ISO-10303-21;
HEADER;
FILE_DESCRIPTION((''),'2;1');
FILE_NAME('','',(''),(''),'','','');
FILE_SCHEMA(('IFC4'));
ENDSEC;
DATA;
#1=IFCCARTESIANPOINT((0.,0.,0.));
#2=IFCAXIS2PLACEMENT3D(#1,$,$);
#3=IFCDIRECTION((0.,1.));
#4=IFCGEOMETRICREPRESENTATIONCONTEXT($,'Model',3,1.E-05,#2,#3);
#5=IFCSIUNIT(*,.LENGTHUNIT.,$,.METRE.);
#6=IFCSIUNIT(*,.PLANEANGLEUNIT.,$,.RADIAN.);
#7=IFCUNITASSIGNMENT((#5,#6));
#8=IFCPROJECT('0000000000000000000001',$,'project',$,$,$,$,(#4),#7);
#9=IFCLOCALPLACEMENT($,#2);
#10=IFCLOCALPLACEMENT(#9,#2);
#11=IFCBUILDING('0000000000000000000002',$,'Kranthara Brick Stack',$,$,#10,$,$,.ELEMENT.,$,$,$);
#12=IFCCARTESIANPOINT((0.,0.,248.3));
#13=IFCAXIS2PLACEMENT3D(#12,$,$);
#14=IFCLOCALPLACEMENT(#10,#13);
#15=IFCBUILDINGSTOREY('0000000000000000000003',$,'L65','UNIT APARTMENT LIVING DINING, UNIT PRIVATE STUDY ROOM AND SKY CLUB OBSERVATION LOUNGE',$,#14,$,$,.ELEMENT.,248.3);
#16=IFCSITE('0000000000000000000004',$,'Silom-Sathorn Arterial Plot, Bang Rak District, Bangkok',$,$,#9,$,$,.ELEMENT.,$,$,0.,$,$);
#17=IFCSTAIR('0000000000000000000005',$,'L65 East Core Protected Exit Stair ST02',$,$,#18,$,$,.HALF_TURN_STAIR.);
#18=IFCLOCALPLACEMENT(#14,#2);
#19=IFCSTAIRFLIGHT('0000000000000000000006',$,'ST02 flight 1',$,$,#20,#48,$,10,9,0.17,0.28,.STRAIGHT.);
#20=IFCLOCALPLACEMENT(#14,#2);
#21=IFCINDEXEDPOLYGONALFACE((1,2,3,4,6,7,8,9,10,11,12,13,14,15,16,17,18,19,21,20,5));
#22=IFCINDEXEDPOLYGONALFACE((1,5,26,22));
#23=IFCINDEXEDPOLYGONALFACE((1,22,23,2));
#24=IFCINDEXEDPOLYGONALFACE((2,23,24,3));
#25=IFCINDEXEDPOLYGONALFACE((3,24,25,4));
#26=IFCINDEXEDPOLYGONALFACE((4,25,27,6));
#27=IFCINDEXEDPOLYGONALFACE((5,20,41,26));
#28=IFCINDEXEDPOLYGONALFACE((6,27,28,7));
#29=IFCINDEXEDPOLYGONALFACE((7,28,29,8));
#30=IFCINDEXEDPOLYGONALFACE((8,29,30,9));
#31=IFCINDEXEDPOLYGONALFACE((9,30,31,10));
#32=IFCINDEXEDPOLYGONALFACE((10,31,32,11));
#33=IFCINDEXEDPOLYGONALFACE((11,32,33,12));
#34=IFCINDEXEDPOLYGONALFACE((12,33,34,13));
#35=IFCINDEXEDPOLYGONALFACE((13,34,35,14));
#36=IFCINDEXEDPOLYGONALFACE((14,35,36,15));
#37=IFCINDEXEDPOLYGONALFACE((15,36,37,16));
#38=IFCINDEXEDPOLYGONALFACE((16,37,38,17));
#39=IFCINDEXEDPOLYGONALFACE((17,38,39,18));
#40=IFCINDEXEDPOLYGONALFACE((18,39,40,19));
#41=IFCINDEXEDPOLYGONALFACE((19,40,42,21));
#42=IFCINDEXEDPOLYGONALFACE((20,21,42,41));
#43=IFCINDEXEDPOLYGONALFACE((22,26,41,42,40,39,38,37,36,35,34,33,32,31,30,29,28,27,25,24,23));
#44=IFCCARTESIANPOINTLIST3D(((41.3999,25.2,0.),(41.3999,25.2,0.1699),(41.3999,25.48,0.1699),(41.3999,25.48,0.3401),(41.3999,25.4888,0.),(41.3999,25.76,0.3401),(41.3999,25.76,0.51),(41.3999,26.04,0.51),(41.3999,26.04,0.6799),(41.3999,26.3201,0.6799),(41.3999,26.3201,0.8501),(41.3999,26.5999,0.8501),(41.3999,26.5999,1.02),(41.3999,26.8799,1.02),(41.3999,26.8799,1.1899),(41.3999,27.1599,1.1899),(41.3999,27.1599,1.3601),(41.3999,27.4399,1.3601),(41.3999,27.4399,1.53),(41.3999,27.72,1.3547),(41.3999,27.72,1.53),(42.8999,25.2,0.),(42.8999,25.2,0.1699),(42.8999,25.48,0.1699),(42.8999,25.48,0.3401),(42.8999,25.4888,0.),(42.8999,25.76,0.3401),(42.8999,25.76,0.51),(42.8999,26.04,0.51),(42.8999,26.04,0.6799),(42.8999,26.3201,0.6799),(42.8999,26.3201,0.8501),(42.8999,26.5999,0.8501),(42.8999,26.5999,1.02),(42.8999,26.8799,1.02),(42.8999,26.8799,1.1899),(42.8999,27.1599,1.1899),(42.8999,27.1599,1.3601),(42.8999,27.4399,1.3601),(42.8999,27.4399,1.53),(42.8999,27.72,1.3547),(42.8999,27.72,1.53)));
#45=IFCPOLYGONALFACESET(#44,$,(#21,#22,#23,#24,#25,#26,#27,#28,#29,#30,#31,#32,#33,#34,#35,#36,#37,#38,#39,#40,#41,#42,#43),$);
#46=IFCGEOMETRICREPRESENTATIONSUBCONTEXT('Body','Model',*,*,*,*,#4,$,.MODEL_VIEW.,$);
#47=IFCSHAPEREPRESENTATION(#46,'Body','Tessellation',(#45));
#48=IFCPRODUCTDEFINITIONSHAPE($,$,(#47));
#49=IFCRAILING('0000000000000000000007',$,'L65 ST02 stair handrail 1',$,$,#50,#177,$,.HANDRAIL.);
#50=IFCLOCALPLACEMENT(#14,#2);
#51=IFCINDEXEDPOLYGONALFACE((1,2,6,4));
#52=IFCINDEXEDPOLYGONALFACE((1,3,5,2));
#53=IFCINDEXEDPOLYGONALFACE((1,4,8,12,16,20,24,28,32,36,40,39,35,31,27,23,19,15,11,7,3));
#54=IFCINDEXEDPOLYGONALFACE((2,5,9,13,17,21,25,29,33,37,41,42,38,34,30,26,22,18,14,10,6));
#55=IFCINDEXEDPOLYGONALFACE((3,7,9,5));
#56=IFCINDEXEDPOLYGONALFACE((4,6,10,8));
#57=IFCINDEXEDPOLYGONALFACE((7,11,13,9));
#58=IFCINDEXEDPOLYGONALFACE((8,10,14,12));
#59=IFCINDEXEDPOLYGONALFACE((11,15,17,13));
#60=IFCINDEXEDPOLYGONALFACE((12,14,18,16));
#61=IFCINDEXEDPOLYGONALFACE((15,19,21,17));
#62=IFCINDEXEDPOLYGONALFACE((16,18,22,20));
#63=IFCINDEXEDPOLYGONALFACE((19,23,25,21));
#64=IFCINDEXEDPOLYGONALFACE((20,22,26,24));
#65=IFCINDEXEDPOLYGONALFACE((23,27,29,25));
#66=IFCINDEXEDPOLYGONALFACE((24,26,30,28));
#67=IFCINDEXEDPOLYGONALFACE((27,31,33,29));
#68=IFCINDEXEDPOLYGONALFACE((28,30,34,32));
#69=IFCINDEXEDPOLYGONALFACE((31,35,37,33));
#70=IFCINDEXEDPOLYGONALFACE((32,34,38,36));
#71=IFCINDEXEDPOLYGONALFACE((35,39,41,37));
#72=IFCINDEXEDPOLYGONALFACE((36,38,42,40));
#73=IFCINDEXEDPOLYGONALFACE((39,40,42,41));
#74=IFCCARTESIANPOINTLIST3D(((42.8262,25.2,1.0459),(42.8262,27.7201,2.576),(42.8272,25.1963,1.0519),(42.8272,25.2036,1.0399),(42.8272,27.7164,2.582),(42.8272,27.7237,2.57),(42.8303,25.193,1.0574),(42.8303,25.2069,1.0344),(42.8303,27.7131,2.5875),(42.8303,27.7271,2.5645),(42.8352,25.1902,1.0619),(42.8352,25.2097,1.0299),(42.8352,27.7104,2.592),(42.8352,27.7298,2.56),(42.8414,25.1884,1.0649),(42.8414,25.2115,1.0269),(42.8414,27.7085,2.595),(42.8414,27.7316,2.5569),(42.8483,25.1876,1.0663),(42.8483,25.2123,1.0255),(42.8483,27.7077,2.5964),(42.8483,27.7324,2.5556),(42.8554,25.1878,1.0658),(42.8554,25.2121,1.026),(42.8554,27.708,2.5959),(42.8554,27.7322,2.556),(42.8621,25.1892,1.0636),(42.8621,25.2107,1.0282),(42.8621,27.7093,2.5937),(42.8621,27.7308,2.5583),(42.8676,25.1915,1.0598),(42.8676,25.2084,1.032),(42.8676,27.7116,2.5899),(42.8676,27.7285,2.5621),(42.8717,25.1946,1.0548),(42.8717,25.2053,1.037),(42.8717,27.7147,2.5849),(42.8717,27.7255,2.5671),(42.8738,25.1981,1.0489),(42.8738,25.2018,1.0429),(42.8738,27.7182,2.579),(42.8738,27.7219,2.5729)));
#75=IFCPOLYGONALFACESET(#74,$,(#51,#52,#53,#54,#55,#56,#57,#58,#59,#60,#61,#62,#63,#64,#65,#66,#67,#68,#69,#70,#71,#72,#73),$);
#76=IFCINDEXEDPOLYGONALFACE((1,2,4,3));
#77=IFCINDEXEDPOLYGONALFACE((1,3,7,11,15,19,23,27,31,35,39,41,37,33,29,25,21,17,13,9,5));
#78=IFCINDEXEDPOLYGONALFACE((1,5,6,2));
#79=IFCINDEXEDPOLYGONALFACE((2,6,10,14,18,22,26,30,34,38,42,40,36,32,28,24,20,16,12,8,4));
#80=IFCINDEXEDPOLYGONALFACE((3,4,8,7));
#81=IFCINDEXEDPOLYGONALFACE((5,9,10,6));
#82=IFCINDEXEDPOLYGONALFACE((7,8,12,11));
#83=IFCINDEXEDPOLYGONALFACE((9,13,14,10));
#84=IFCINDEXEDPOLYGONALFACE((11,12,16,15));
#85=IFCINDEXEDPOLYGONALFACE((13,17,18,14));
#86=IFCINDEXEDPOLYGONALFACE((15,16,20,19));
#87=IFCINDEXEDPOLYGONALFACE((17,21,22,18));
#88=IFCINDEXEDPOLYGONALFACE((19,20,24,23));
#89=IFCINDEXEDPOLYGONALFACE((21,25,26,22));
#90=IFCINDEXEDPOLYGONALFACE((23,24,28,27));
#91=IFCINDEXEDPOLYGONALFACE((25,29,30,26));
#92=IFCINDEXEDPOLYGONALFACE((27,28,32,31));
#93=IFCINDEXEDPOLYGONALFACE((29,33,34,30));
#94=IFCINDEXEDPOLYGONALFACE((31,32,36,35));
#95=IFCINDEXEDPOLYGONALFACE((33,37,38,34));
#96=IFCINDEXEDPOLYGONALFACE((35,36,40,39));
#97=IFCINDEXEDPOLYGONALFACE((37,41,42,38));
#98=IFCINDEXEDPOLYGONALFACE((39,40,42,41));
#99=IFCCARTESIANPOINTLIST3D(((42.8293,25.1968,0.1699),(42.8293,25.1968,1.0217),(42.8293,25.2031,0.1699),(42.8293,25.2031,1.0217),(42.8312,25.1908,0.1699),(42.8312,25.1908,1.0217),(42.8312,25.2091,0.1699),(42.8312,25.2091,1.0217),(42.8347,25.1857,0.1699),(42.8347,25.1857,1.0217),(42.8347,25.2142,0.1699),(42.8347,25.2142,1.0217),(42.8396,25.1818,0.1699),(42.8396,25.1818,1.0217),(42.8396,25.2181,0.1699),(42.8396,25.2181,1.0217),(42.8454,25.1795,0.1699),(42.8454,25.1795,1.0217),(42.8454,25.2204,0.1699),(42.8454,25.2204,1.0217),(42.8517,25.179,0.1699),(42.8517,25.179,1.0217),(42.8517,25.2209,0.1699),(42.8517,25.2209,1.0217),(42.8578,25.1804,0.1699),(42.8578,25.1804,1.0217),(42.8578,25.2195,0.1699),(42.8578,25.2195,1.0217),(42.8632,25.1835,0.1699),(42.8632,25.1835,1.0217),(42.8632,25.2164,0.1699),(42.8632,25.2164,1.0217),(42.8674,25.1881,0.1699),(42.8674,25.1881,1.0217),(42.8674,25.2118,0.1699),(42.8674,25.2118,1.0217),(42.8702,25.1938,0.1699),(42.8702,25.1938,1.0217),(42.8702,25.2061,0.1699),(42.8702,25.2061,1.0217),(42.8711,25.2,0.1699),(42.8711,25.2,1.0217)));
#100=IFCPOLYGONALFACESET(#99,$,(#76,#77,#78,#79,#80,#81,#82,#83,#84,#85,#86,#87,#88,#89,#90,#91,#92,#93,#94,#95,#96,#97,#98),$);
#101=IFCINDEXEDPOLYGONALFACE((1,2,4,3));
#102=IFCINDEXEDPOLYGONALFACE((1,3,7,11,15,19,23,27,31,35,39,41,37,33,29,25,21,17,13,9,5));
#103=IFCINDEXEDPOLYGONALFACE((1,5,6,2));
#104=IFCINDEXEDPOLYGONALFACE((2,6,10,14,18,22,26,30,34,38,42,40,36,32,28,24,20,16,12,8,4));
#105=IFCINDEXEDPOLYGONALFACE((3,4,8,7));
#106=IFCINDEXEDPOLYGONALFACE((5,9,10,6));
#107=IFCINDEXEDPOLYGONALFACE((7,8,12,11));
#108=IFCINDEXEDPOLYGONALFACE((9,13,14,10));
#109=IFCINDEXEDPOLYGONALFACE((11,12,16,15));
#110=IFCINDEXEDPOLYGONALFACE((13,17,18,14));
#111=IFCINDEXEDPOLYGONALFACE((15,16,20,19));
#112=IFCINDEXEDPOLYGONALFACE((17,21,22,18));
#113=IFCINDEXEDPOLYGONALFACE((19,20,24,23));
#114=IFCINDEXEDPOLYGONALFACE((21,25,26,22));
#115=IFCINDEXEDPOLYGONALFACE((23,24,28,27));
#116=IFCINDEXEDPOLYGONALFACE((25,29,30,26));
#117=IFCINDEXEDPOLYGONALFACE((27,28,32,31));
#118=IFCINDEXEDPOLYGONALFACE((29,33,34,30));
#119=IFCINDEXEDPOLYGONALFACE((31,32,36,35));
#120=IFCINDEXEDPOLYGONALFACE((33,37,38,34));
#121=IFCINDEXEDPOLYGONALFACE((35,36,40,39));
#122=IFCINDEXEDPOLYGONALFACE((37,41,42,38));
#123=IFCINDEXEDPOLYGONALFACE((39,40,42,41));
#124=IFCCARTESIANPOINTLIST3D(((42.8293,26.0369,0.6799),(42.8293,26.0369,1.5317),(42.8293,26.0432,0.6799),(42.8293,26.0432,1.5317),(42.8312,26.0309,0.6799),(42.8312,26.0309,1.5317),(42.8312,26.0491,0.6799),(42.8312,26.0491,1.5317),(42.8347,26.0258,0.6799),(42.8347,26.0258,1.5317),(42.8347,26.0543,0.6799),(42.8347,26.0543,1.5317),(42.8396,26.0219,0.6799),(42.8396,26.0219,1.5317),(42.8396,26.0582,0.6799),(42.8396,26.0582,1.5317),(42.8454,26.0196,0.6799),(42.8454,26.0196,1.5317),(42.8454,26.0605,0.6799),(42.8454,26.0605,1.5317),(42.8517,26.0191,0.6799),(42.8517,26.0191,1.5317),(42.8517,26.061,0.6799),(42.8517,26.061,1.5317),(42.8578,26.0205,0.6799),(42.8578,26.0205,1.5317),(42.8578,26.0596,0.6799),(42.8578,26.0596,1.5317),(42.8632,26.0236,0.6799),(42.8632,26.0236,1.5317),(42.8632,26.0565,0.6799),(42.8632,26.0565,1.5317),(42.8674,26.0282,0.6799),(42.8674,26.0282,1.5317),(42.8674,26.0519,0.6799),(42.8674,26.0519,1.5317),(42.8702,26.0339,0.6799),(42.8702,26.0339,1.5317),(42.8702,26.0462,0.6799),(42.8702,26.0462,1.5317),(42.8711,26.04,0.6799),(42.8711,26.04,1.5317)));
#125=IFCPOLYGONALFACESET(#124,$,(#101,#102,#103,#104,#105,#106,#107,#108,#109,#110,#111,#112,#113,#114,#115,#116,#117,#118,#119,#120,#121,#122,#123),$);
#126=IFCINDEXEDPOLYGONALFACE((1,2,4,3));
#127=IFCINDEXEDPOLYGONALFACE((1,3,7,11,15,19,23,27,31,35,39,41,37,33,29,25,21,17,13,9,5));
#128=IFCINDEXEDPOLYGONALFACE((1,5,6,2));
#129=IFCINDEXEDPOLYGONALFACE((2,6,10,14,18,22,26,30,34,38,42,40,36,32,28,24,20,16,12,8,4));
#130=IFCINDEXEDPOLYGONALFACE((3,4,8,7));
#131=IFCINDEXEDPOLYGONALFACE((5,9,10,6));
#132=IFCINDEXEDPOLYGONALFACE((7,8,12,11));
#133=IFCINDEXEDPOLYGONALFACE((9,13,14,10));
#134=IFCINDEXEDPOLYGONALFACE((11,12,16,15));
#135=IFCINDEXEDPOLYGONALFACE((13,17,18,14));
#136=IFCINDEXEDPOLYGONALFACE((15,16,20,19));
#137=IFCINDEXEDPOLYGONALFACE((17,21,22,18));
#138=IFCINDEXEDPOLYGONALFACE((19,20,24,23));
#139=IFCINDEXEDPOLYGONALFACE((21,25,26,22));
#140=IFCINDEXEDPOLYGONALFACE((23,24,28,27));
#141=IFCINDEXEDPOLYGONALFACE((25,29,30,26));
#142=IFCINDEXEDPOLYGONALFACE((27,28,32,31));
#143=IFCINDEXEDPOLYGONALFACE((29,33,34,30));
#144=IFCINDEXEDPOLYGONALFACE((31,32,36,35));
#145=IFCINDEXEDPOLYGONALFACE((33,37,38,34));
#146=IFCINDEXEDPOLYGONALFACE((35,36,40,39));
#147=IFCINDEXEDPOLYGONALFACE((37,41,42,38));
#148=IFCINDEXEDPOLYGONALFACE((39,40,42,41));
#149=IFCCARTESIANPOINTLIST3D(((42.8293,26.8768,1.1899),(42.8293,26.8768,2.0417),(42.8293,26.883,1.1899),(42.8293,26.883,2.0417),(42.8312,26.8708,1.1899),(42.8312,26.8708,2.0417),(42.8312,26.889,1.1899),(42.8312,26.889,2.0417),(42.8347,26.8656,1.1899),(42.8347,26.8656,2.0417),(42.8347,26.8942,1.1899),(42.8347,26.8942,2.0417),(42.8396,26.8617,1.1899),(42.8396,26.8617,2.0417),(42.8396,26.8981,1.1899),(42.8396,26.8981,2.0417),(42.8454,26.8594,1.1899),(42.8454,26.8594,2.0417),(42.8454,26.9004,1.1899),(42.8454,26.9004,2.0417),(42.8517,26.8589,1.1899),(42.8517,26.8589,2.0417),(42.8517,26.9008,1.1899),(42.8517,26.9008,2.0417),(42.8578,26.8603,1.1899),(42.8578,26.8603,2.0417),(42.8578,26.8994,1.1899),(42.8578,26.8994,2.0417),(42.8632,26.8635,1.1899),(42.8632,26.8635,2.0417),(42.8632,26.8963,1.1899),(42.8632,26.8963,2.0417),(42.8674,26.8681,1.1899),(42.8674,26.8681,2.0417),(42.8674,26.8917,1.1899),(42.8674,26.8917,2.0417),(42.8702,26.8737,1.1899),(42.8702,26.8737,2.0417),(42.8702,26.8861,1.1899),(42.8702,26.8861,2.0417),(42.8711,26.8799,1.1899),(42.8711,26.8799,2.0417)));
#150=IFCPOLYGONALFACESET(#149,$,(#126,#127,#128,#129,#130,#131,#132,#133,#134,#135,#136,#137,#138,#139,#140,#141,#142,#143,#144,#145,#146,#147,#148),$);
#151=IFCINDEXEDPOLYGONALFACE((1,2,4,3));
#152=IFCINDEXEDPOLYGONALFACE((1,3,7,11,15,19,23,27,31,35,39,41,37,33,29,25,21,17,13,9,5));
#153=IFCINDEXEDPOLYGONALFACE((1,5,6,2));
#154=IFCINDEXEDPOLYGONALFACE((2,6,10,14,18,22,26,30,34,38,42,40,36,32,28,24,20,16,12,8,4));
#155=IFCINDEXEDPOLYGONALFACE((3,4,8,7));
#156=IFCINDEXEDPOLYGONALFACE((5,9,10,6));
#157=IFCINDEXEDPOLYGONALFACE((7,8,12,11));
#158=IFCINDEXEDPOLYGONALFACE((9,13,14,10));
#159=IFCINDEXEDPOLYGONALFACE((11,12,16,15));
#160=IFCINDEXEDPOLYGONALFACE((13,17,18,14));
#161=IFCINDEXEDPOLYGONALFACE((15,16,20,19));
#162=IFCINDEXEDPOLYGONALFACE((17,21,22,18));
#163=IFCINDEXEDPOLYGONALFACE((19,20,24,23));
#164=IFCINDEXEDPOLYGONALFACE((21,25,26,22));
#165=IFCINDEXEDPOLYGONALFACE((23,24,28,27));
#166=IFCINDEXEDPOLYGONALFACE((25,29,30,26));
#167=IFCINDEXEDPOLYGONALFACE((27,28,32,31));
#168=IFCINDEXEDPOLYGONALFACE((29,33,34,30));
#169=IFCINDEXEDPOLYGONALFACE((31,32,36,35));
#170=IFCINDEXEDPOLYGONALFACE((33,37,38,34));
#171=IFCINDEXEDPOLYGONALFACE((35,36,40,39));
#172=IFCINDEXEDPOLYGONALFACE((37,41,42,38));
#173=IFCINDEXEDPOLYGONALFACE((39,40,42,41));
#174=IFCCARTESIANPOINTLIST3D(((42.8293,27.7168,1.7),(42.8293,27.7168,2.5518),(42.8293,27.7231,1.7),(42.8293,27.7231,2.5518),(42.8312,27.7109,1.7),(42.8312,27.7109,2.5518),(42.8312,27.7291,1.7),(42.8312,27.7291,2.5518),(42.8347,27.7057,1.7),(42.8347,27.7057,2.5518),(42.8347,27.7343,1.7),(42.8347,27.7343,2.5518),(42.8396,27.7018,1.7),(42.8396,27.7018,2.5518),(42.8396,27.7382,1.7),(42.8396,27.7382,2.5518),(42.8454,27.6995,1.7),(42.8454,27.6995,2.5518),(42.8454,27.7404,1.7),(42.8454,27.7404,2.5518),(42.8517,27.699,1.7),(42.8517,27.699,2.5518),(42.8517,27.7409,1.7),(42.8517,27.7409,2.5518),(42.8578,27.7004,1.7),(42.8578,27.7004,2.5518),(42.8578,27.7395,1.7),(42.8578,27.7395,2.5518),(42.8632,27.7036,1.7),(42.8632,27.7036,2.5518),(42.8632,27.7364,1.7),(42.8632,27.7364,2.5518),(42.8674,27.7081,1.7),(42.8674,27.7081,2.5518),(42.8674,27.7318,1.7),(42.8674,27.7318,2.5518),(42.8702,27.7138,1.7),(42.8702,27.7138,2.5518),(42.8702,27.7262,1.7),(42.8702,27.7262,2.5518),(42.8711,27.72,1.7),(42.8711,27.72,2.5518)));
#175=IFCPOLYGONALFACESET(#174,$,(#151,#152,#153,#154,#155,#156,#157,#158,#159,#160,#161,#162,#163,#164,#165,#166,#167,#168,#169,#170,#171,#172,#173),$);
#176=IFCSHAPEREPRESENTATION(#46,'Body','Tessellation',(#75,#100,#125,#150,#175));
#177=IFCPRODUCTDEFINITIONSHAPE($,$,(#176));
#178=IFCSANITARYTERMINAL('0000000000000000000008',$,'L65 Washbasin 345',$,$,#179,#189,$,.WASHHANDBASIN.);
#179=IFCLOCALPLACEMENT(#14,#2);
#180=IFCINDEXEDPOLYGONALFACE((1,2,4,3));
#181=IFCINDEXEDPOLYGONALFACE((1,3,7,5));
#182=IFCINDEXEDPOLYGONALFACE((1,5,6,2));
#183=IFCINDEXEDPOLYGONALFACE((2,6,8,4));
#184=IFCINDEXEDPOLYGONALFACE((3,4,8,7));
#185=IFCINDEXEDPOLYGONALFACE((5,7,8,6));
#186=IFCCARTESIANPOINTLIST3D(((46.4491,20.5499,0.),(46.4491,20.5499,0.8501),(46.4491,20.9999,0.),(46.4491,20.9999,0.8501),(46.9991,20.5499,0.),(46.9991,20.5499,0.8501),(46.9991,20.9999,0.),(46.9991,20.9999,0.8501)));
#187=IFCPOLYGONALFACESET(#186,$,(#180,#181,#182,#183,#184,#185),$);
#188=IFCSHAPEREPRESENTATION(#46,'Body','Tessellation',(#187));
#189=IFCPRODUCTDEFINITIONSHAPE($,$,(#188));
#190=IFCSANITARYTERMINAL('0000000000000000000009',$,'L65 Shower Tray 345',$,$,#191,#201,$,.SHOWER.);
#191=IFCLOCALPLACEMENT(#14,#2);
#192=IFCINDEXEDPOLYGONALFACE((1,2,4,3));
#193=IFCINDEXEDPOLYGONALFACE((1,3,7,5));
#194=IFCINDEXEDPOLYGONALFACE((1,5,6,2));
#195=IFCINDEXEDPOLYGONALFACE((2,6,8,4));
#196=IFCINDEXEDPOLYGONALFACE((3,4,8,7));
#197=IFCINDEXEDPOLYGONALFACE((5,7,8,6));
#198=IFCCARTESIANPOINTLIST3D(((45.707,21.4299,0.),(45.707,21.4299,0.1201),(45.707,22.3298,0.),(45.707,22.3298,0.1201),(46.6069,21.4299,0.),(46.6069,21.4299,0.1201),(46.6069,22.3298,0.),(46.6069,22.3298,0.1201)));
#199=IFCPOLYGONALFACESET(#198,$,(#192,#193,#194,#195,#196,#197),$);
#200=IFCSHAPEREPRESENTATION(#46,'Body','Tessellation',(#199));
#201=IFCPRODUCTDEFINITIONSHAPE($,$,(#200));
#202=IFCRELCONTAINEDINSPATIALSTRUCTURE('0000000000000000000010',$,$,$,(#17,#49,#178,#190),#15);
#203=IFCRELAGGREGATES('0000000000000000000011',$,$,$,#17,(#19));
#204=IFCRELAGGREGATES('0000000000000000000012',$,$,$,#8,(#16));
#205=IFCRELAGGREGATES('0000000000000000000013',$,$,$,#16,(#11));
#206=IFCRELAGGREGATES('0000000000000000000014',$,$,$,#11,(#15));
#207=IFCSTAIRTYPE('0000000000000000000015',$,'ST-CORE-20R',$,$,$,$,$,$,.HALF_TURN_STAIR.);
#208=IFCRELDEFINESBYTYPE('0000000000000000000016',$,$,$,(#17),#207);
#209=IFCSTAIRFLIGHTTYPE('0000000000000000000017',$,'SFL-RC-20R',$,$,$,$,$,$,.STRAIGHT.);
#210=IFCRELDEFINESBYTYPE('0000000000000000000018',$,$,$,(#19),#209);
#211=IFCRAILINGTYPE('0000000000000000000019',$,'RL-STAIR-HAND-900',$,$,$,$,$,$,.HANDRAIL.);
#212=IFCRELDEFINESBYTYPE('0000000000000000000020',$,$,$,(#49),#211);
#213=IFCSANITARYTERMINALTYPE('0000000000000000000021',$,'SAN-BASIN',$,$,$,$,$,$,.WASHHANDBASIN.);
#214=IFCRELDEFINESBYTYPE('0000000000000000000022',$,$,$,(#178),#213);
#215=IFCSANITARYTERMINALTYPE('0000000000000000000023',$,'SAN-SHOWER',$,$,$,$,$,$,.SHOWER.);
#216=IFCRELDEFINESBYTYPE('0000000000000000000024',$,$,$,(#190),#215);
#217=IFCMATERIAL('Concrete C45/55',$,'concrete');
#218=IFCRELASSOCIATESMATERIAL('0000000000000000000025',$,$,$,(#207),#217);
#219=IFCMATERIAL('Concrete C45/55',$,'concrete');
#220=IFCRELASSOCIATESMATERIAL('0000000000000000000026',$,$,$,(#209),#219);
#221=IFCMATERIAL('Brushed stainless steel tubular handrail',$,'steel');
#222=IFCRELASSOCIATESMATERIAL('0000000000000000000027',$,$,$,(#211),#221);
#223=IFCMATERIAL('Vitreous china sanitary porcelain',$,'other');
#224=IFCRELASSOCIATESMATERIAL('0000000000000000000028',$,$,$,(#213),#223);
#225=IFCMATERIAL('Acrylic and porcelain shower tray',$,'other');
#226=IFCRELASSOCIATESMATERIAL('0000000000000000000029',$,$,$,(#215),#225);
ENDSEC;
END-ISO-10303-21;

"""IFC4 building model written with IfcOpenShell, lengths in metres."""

from ifc_helpers import new_model, si_unit, direction, frame, origin, origin_2d, place, context, subcontext, project, spatial, polyline, rectangle, circle, outline, extrude, material, type_object, element, aggregate, save


model = new_model("IFC4")

# Units and contexts
model_context = context("Model", 3, precision=1e-05, world=origin(), true_north=direction((0.0, 1.0)))
body_context = subcontext(model_context, "Body", "Model", "MODEL_VIEW")
ifc_project = project(units=[si_unit("LENGTHUNIT", "METRE"), si_unit("PLANEANGLEUNIT", "RADIAN")], contexts=[model_context])

# Site, building, storey
site_placement = place(None, origin())
site = spatial("IfcSite", under=ifc_project, at=site_placement, Name="Silom-Sathorn Arterial Plot, Bang Rak District, Bangkok", CompositionType="ELEMENT", RefElevation=0.0)
building_placement = place(site_placement, origin())
building = spatial("IfcBuilding", under=site, at=building_placement, Name="Kranthara Brick Stack", CompositionType="ELEMENT")
storey_placement = place(building_placement, frame((0.0, 0.0, 248.3)))
storey = spatial("IfcBuildingStorey", under=building, at=storey_placement, Name="L65", Description="UNIT APARTMENT LIVING DINING, UNIT PRIVATE STUDY ROOM AND SKY CLUB OBSERVATION LOUNGE", CompositionType="ELEMENT", Elevation=248.3)

# Stair, stair flight
ifc_material_1 = material(Name="Concrete C45/55", Category="concrete")
stair_type = type_object("IfcStairType", Name="ST-CORE-20R", PredefinedType="HALF_TURN_STAIR", material=ifc_material_1)
stair_placement = place(storey_placement, origin())
stair = element("IfcStair", 1, at=stair_placement, inside=storey, type_object=stair_type, Name="L65 East Core Protected Exit Stair ST02", PredefinedType="HALF_TURN_STAIR")
ifc_material_2 = material(Name="Concrete C45/55", Category="concrete")
stair_flight_type = type_object("IfcStairFlightType", Name="SFL-RC-20R", PredefinedType="STRAIGHT", material=ifc_material_2)
stair_flight_placement = place(storey_placement, frame((42.1499, 25.2, 0.0), z_axis=(0.0, 0.0, 1.0), x_axis=(0.0, 1.0, 0.0)))
stair_flight = element("IfcStairFlight", 2, at=stair_flight_placement, type_object=stair_flight_type, Name="ST02 flight 1", NumberOfRisers=10, NumberOfTreads=9, PredefinedType="STRAIGHT", RiserHeight=0.17, TreadLength=0.28, context=body_context, shape_type="SweptSolid", body=[
    extrude(outline(polyline([(0.0, 0.0), (0.0, 0.1699), (0.28, 0.1699), (0.28, 0.3401), (0.5601, 0.3401), (0.5601, 0.51), (0.8401, 0.51), (0.8401, 0.6799), (1.1201, 0.6799), (1.1201, 0.8501), (1.3999, 0.8501), (1.3999, 1.02), (1.6799, 1.02), (1.6799, 1.1899), (1.96, 1.1899), (1.96, 1.3601), (2.24, 1.3601), (2.24, 1.53), (2.52, 1.53), (2.52, 1.7), (2.52, 1.3547), (0.2888, 0.0), (0.0, 0.0)])), frame((0.0, 0.75, 0.0), z_axis=(0.0, -1.0, 0.0), x_axis=(1.0, 0.0, 0.0)), (0.0, 0.0, 1.0), 1.5),
])
aggregate(stair, [stair_flight])

# Railing
ifc_material_3 = material(Name="Brushed stainless steel tubular handrail", Category="steel")
railing_type = type_object("IfcRailingType", Name="RL-STAIR-HAND-900", PredefinedType="HANDRAIL", material=ifc_material_3)
railing_placement = place(storey_placement, frame((42.8501, 25.2, 0.1699)))
element("IfcRailing", 3, at=railing_placement, inside=storey, type_object=railing_type, Name="L65 ST02 stair handrail 1", PredefinedType="HANDRAIL", context=body_context, shape_type="SweptSolid", body=[
    extrude(circle(Radius=0.0239, at=origin_2d()), frame((0.0, 0.0, 0.876), z_axis=(0.0, 0.854785, 0.518982), x_axis=(-1.0, 0.0, 0.0)), (0.0, 0.0, 1.0), 2.9482),
    extrude(circle(Radius=0.021, at=origin_2d()), origin(), (0.0, 0.0, 1.0), 0.8518),
    extrude(circle(Radius=0.021, at=origin_2d()), frame((0.0, 0.8401, 0.51)), (0.0, 0.0, 1.0), 0.8518),
    extrude(circle(Radius=0.021, at=origin_2d()), frame((0.0, 1.6799, 1.02)), (0.0, 0.0, 1.0), 0.8518),
    extrude(circle(Radius=0.021, at=origin_2d()), frame((0.0, 2.52, 1.53)), (0.0, 0.0, 1.0), 0.8518),
])

# Sanitary terminals
ifc_material_4 = material(Name="Vitreous china sanitary porcelain", Category="other")
sanitary_terminal_type_1 = type_object("IfcSanitaryTerminalType", Name="SAN-BASIN", PredefinedType="WASHHANDBASIN", material=ifc_material_4)
sanitary_terminal_1_placement = place(storey_placement, frame((46.7241, 20.7749, 0.0), z_axis=(0.0, 0.0, 1.0), x_axis=(1.0, 0.0, 0.0)))
element("IfcSanitaryTerminal", 4, at=sanitary_terminal_1_placement, inside=storey, type_object=sanitary_terminal_type_1, Name="L65 Washbasin 345", PredefinedType="WASHHANDBASIN", context=body_context, shape_type="SweptSolid", body=[
    extrude(rectangle(XDim=0.55, YDim=0.45, at=origin_2d()), origin(), (0.0, 0.0, 1.0), 0.8501),
])
ifc_material_5 = material(Name="Acrylic and porcelain shower tray", Category="other")
sanitary_terminal_type_2 = type_object("IfcSanitaryTerminalType", Name="SAN-SHOWER", PredefinedType="SHOWER", material=ifc_material_5)
sanitary_terminal_2_placement = place(storey_placement, frame((46.157, 21.8799, 0.0), z_axis=(0.0, 0.0, 1.0), x_axis=(1.0, 0.0, 0.0)))
element("IfcSanitaryTerminal", 5, at=sanitary_terminal_2_placement, inside=storey, type_object=sanitary_terminal_type_2, Name="L65 Shower Tray 345", PredefinedType="SHOWER", context=body_context, shape_type="SweptSolid", body=[
    extrude(rectangle(XDim=0.8999, YDim=0.8999, at=origin_2d()), origin(), (0.0, 0.0, 1.0), 0.1201),
])

save(model, "model.ifc")
